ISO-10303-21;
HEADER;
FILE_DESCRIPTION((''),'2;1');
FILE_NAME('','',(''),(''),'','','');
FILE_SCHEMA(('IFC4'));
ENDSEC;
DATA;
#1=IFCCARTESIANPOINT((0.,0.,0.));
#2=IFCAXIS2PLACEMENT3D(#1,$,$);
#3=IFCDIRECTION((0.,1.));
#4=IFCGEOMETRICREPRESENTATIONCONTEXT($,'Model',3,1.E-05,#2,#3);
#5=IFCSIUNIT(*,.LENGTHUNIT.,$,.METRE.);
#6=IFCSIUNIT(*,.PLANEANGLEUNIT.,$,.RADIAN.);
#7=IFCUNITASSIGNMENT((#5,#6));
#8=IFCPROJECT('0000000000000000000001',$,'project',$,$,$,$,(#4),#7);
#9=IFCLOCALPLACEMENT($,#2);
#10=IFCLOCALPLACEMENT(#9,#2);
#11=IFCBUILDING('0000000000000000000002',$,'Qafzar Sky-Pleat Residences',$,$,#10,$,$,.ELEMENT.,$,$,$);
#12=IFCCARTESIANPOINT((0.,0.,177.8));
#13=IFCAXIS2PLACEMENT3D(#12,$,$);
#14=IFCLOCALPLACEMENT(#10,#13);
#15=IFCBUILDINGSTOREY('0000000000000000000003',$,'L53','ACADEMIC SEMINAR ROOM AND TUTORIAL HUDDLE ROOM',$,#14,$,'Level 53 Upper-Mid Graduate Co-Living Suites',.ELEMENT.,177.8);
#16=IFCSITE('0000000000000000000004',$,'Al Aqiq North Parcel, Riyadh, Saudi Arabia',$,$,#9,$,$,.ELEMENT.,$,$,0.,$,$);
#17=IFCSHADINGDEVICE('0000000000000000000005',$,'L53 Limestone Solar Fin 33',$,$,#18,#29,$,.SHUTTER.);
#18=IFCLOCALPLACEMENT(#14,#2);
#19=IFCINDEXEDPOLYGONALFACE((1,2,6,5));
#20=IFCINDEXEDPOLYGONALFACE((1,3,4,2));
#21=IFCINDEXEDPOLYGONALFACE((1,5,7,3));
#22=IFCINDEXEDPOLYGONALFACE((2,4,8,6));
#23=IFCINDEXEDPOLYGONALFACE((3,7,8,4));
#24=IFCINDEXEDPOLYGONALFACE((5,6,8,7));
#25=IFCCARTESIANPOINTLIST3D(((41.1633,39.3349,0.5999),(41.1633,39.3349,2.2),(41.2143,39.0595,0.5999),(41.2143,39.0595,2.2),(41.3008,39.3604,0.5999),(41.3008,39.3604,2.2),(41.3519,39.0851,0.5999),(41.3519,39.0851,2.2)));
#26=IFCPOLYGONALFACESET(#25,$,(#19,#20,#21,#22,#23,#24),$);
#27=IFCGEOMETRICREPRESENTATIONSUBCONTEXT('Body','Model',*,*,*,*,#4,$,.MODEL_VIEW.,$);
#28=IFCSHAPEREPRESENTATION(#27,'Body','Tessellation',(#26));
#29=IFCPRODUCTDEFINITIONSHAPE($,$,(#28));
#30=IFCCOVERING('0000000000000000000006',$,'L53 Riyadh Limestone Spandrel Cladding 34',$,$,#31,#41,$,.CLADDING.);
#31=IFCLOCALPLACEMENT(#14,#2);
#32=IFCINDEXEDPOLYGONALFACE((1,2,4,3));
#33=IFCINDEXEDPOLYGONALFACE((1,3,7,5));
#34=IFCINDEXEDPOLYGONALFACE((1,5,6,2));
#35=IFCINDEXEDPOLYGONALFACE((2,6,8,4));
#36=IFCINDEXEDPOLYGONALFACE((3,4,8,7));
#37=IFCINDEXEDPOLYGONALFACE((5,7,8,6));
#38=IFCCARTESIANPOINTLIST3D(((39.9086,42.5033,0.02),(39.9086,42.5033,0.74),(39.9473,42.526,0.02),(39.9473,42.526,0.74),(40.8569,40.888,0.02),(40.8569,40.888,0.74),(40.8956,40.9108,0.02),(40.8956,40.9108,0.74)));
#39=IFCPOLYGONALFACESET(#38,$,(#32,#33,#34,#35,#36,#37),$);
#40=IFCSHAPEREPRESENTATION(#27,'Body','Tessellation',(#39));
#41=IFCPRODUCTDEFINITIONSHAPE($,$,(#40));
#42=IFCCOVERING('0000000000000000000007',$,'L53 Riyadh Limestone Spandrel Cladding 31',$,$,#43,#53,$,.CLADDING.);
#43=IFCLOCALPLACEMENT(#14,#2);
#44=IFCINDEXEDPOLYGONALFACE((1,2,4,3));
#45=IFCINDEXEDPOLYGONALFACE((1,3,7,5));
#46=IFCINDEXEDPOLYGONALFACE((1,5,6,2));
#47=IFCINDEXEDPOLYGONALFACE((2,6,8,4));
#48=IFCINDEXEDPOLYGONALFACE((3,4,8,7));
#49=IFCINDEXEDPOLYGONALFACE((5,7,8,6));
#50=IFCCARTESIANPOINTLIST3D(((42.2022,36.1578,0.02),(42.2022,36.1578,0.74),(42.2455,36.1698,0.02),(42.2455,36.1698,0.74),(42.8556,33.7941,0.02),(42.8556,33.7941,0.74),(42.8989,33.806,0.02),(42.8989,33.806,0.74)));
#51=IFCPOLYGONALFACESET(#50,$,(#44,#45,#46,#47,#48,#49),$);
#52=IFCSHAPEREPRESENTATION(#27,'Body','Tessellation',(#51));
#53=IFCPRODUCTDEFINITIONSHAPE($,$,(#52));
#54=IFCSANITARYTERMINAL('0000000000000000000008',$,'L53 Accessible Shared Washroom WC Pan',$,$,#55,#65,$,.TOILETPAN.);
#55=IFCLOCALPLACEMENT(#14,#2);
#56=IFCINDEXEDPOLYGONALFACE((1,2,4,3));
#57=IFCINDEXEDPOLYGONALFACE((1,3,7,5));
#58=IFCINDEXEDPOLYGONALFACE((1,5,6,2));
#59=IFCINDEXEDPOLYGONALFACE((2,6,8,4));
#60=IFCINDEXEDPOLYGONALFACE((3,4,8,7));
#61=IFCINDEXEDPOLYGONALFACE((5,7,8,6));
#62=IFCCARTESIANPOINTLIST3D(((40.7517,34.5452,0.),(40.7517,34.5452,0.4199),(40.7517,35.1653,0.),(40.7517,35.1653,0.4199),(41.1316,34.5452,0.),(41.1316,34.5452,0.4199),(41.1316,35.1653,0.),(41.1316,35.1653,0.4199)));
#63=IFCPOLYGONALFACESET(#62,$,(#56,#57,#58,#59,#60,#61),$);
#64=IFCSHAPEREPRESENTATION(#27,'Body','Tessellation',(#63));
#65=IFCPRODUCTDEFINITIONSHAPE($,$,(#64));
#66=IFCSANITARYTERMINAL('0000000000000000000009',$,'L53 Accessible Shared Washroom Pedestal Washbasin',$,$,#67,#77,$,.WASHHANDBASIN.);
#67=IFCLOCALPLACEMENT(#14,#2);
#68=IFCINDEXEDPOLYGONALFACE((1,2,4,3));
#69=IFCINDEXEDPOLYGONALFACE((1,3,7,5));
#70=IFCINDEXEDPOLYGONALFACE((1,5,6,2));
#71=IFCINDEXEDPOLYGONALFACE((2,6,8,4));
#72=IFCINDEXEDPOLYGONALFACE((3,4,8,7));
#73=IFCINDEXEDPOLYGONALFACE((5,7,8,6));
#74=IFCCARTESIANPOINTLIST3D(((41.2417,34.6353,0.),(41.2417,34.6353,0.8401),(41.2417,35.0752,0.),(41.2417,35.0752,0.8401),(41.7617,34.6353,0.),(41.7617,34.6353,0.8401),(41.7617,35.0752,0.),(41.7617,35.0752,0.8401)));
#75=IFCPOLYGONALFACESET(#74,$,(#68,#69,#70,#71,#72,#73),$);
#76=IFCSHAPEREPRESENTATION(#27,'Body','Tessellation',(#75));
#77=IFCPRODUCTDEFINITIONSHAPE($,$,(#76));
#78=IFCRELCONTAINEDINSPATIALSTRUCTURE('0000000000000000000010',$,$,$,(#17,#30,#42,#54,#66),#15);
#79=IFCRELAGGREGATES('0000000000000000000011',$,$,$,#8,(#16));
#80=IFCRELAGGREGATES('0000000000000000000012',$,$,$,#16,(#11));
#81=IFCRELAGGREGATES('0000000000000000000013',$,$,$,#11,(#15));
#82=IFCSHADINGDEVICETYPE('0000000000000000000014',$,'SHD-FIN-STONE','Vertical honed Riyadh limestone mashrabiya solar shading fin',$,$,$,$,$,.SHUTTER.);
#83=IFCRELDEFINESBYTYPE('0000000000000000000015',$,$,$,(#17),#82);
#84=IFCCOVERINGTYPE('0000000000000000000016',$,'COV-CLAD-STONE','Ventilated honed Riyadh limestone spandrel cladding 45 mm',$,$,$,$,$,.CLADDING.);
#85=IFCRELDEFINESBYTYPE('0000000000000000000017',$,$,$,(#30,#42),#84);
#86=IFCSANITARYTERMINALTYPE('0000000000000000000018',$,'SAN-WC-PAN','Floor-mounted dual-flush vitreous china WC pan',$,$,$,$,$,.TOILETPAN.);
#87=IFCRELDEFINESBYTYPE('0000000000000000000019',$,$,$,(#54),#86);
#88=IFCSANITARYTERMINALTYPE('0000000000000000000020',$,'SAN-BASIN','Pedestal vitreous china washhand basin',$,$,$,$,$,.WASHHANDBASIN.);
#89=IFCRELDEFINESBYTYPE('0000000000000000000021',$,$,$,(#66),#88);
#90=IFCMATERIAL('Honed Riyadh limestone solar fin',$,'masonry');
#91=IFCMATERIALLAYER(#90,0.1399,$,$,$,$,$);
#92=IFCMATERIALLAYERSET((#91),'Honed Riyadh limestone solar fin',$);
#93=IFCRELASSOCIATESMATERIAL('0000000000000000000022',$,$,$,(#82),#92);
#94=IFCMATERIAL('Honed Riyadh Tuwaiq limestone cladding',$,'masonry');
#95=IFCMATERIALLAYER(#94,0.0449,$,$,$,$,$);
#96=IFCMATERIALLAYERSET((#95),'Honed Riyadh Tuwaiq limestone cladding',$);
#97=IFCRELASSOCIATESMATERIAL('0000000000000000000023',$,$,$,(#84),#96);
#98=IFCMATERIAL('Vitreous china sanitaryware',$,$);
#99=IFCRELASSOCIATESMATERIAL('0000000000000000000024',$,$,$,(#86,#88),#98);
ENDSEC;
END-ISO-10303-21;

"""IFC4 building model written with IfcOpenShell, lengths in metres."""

from ifc_helpers import new_model, si_unit, direction, frame, origin, origin_2d, place, context, subcontext, project, spatial, rectangle, extrude, source, transform, mapped, material, layer, layer_set, type_object, element, save


model = new_model("IFC4")

# Units and contexts
model_context = context("Model", 3, precision=1e-05, world=origin(), true_north=direction((0.0, 1.0)))
body_context = subcontext(model_context, "Body", "Model", "MODEL_VIEW")
ifc_project = project(units=[si_unit("LENGTHUNIT", "METRE"), si_unit("PLANEANGLEUNIT", "RADIAN")], contexts=[model_context])

# Site, building, storey
site_placement = place(None, origin())
site = spatial("IfcSite", under=ifc_project, at=site_placement, Name="Al Aqiq North Parcel, Riyadh, Saudi Arabia", CompositionType="ELEMENT", RefElevation=0.0)
building_placement = place(site_placement, origin())
building = spatial("IfcBuilding", under=site, at=building_placement, Name="Qafzar Sky-Pleat Residences", CompositionType="ELEMENT")
storey_placement = place(building_placement, frame((0.0, 0.0, 177.8)))
storey = spatial("IfcBuildingStorey", under=building, at=storey_placement, Name="L53", Description="ACADEMIC SEMINAR ROOM AND TUTORIAL HUDDLE ROOM", LongName="Level 53 Upper-Mid Graduate Co-Living Suites", CompositionType="ELEMENT", Elevation=177.8)

# Shading device
ifc_material_1 = material(Name="Honed Riyadh limestone solar fin", Category="masonry")
ifc_layer_1 = layer(ifc_material_1, 0.1399)
ifc_layer_set_1 = layer_set([ifc_layer_1], Name="Honed Riyadh limestone solar fin")
shading_device_type = type_object("IfcShadingDeviceType", Name="SHD-FIN-STONE", Description="Vertical honed Riyadh limestone mashrabiya solar shading fin", PredefinedType="SHUTTER", material=ifc_layer_set_1)
shared_shape_1 = source(origin(), body_context, "Body", "SweptSolid", [
    extrude(rectangle(XDim=0.1399, YDim=0.28, at=origin_2d()), origin(), (0.0, 0.0, 1.0), 1.6001),
])
shading_device_placement = place(storey_placement, frame((41.2576, 39.21, 0.5999), z_axis=(0.0, 0.0, 1.0), x_axis=(0.983226, 0.182391, 0.0)))
element("IfcShadingDevice", 1, at=shading_device_placement, inside=storey, type_object=shading_device_type, Name="L53 Limestone Solar Fin 33", PredefinedType="SHUTTER", context=body_context, shape_type="MappedRepresentation", body=[
    mapped(shared_shape_1, transform((0.0, 0.0, 0.0), x_axis=(1.0, 0.0, 0.0), y_axis=(0.0, 1.0, 0.0), z_axis=(0.0, 0.0, 1.0), scale=1.0)),
])

# Coverings
ifc_material_2 = material(Name="Honed Riyadh Tuwaiq limestone cladding", Category="masonry")
ifc_layer_2 = layer(ifc_material_2, 0.0449)
ifc_layer_set_2 = layer_set([ifc_layer_2], Name="Honed Riyadh Tuwaiq limestone cladding")
covering_type = type_object("IfcCoveringType", Name="COV-CLAD-STONE", Description="Ventilated honed Riyadh limestone spandrel cladding 45 mm", PredefinedType="CLADDING", material=ifc_layer_set_2)
shared_shape_2 = source(origin(), body_context, "Body", "SweptSolid", [
    extrude(rectangle(XDim=1.873, YDim=0.0449, at=origin_2d()), origin(), (0.0, 0.0, 1.0), 0.72),
])
covering_1_placement = place(storey_placement, frame((40.4021, 41.707, 0.02), z_axis=(0.0, 0.0, 1.0), x_axis=(-0.506304, 0.862355, 0.0)))
element("IfcCovering", 2, at=covering_1_placement, inside=storey, type_object=covering_type, Name="L53 Riyadh Limestone Spandrel Cladding 34", PredefinedType="CLADDING", context=body_context, shape_type="MappedRepresentation", body=[
    mapped(shared_shape_2, transform((0.0, 0.0, 0.0), x_axis=(1.0, 0.0, 0.0), y_axis=(0.0, 1.0, 0.0), z_axis=(0.0, 0.0, 1.0), scale=1.0)),
])
shared_shape_3 = source(origin(), body_context, "Body", "SweptSolid", [
    extrude(rectangle(XDim=2.4524, YDim=0.0449, at=origin_2d()), origin(), (0.0, 0.0, 1.0), 0.72),
])
covering_2_placement = place(storey_placement, frame((42.5505, 34.9819, 0.02), z_axis=(0.0, 0.0, 1.0), x_axis=(-0.266423, 0.963856, 0.0)))
element("IfcCovering", 3, at=covering_2_placement, inside=storey, type_object=covering_type, Name="L53 Riyadh Limestone Spandrel Cladding 31", PredefinedType="CLADDING", context=body_context, shape_type="MappedRepresentation", body=[
    mapped(shared_shape_3, transform((0.0, 0.0, 0.0), x_axis=(1.0, 0.0, 0.0), y_axis=(0.0, 1.0, 0.0), z_axis=(0.0, 0.0, 1.0), scale=1.0)),
])

# Sanitary terminals
ifc_material_3 = material(Name="Vitreous china sanitaryware")
sanitary_terminal_type_1 = type_object("IfcSanitaryTerminalType", Name="SAN-WC-PAN", Description="Floor-mounted dual-flush vitreous china WC pan", PredefinedType="TOILETPAN", material=ifc_material_3)
shared_shape_4 = source(origin(), body_context, "Body", "SweptSolid", [
    extrude(rectangle(XDim=0.3799, YDim=0.6201, at=origin_2d()), origin(), (0.0, 0.0, 1.0), 0.4199),
])
sanitary_terminal_1_placement = place(storey_placement, frame((40.9417, 34.8552, 0.0), z_axis=(0.0, 0.0, 1.0), x_axis=(1.0, 0.0, 0.0)))
element("IfcSanitaryTerminal", 4, at=sanitary_terminal_1_placement, inside=storey, type_object=sanitary_terminal_type_1, Name="L53 Accessible Shared Washroom WC Pan", PredefinedType="TOILETPAN", context=body_context, shape_type="MappedRepresentation", body=[
    mapped(shared_shape_4, transform((0.0, 0.0, 0.0), x_axis=(1.0, 0.0, 0.0), y_axis=(0.0, 1.0, 0.0), z_axis=(0.0, 0.0, 1.0), scale=1.0)),
])
sanitary_terminal_type_2 = type_object("IfcSanitaryTerminalType", Name="SAN-BASIN", Description="Pedestal vitreous china washhand basin", PredefinedType="WASHHANDBASIN", material=ifc_material_3)
shared_shape_5 = source(origin(), body_context, "Body", "SweptSolid", [
    extrude(rectangle(XDim=0.52, YDim=0.4399, at=origin_2d()), origin(), (0.0, 0.0, 1.0), 0.8401),
])
sanitary_terminal_2_placement = place(storey_placement, frame((41.5017, 34.8552, 0.0), z_axis=(0.0, 0.0, 1.0), x_axis=(1.0, 0.0, 0.0)))
element("IfcSanitaryTerminal", 5, at=sanitary_terminal_2_placement, inside=storey, type_object=sanitary_terminal_type_2, Name="L53 Accessible Shared Washroom Pedestal Washbasin", PredefinedType="WASHHANDBASIN", context=body_context, shape_type="MappedRepresentation", body=[
    mapped(shared_shape_5, transform((0.0, 0.0, 0.0), x_axis=(1.0, 0.0, 0.0), y_axis=(0.0, 1.0, 0.0), z_axis=(0.0, 0.0, 1.0), scale=1.0)),
])

save(model, "model.ifc")
